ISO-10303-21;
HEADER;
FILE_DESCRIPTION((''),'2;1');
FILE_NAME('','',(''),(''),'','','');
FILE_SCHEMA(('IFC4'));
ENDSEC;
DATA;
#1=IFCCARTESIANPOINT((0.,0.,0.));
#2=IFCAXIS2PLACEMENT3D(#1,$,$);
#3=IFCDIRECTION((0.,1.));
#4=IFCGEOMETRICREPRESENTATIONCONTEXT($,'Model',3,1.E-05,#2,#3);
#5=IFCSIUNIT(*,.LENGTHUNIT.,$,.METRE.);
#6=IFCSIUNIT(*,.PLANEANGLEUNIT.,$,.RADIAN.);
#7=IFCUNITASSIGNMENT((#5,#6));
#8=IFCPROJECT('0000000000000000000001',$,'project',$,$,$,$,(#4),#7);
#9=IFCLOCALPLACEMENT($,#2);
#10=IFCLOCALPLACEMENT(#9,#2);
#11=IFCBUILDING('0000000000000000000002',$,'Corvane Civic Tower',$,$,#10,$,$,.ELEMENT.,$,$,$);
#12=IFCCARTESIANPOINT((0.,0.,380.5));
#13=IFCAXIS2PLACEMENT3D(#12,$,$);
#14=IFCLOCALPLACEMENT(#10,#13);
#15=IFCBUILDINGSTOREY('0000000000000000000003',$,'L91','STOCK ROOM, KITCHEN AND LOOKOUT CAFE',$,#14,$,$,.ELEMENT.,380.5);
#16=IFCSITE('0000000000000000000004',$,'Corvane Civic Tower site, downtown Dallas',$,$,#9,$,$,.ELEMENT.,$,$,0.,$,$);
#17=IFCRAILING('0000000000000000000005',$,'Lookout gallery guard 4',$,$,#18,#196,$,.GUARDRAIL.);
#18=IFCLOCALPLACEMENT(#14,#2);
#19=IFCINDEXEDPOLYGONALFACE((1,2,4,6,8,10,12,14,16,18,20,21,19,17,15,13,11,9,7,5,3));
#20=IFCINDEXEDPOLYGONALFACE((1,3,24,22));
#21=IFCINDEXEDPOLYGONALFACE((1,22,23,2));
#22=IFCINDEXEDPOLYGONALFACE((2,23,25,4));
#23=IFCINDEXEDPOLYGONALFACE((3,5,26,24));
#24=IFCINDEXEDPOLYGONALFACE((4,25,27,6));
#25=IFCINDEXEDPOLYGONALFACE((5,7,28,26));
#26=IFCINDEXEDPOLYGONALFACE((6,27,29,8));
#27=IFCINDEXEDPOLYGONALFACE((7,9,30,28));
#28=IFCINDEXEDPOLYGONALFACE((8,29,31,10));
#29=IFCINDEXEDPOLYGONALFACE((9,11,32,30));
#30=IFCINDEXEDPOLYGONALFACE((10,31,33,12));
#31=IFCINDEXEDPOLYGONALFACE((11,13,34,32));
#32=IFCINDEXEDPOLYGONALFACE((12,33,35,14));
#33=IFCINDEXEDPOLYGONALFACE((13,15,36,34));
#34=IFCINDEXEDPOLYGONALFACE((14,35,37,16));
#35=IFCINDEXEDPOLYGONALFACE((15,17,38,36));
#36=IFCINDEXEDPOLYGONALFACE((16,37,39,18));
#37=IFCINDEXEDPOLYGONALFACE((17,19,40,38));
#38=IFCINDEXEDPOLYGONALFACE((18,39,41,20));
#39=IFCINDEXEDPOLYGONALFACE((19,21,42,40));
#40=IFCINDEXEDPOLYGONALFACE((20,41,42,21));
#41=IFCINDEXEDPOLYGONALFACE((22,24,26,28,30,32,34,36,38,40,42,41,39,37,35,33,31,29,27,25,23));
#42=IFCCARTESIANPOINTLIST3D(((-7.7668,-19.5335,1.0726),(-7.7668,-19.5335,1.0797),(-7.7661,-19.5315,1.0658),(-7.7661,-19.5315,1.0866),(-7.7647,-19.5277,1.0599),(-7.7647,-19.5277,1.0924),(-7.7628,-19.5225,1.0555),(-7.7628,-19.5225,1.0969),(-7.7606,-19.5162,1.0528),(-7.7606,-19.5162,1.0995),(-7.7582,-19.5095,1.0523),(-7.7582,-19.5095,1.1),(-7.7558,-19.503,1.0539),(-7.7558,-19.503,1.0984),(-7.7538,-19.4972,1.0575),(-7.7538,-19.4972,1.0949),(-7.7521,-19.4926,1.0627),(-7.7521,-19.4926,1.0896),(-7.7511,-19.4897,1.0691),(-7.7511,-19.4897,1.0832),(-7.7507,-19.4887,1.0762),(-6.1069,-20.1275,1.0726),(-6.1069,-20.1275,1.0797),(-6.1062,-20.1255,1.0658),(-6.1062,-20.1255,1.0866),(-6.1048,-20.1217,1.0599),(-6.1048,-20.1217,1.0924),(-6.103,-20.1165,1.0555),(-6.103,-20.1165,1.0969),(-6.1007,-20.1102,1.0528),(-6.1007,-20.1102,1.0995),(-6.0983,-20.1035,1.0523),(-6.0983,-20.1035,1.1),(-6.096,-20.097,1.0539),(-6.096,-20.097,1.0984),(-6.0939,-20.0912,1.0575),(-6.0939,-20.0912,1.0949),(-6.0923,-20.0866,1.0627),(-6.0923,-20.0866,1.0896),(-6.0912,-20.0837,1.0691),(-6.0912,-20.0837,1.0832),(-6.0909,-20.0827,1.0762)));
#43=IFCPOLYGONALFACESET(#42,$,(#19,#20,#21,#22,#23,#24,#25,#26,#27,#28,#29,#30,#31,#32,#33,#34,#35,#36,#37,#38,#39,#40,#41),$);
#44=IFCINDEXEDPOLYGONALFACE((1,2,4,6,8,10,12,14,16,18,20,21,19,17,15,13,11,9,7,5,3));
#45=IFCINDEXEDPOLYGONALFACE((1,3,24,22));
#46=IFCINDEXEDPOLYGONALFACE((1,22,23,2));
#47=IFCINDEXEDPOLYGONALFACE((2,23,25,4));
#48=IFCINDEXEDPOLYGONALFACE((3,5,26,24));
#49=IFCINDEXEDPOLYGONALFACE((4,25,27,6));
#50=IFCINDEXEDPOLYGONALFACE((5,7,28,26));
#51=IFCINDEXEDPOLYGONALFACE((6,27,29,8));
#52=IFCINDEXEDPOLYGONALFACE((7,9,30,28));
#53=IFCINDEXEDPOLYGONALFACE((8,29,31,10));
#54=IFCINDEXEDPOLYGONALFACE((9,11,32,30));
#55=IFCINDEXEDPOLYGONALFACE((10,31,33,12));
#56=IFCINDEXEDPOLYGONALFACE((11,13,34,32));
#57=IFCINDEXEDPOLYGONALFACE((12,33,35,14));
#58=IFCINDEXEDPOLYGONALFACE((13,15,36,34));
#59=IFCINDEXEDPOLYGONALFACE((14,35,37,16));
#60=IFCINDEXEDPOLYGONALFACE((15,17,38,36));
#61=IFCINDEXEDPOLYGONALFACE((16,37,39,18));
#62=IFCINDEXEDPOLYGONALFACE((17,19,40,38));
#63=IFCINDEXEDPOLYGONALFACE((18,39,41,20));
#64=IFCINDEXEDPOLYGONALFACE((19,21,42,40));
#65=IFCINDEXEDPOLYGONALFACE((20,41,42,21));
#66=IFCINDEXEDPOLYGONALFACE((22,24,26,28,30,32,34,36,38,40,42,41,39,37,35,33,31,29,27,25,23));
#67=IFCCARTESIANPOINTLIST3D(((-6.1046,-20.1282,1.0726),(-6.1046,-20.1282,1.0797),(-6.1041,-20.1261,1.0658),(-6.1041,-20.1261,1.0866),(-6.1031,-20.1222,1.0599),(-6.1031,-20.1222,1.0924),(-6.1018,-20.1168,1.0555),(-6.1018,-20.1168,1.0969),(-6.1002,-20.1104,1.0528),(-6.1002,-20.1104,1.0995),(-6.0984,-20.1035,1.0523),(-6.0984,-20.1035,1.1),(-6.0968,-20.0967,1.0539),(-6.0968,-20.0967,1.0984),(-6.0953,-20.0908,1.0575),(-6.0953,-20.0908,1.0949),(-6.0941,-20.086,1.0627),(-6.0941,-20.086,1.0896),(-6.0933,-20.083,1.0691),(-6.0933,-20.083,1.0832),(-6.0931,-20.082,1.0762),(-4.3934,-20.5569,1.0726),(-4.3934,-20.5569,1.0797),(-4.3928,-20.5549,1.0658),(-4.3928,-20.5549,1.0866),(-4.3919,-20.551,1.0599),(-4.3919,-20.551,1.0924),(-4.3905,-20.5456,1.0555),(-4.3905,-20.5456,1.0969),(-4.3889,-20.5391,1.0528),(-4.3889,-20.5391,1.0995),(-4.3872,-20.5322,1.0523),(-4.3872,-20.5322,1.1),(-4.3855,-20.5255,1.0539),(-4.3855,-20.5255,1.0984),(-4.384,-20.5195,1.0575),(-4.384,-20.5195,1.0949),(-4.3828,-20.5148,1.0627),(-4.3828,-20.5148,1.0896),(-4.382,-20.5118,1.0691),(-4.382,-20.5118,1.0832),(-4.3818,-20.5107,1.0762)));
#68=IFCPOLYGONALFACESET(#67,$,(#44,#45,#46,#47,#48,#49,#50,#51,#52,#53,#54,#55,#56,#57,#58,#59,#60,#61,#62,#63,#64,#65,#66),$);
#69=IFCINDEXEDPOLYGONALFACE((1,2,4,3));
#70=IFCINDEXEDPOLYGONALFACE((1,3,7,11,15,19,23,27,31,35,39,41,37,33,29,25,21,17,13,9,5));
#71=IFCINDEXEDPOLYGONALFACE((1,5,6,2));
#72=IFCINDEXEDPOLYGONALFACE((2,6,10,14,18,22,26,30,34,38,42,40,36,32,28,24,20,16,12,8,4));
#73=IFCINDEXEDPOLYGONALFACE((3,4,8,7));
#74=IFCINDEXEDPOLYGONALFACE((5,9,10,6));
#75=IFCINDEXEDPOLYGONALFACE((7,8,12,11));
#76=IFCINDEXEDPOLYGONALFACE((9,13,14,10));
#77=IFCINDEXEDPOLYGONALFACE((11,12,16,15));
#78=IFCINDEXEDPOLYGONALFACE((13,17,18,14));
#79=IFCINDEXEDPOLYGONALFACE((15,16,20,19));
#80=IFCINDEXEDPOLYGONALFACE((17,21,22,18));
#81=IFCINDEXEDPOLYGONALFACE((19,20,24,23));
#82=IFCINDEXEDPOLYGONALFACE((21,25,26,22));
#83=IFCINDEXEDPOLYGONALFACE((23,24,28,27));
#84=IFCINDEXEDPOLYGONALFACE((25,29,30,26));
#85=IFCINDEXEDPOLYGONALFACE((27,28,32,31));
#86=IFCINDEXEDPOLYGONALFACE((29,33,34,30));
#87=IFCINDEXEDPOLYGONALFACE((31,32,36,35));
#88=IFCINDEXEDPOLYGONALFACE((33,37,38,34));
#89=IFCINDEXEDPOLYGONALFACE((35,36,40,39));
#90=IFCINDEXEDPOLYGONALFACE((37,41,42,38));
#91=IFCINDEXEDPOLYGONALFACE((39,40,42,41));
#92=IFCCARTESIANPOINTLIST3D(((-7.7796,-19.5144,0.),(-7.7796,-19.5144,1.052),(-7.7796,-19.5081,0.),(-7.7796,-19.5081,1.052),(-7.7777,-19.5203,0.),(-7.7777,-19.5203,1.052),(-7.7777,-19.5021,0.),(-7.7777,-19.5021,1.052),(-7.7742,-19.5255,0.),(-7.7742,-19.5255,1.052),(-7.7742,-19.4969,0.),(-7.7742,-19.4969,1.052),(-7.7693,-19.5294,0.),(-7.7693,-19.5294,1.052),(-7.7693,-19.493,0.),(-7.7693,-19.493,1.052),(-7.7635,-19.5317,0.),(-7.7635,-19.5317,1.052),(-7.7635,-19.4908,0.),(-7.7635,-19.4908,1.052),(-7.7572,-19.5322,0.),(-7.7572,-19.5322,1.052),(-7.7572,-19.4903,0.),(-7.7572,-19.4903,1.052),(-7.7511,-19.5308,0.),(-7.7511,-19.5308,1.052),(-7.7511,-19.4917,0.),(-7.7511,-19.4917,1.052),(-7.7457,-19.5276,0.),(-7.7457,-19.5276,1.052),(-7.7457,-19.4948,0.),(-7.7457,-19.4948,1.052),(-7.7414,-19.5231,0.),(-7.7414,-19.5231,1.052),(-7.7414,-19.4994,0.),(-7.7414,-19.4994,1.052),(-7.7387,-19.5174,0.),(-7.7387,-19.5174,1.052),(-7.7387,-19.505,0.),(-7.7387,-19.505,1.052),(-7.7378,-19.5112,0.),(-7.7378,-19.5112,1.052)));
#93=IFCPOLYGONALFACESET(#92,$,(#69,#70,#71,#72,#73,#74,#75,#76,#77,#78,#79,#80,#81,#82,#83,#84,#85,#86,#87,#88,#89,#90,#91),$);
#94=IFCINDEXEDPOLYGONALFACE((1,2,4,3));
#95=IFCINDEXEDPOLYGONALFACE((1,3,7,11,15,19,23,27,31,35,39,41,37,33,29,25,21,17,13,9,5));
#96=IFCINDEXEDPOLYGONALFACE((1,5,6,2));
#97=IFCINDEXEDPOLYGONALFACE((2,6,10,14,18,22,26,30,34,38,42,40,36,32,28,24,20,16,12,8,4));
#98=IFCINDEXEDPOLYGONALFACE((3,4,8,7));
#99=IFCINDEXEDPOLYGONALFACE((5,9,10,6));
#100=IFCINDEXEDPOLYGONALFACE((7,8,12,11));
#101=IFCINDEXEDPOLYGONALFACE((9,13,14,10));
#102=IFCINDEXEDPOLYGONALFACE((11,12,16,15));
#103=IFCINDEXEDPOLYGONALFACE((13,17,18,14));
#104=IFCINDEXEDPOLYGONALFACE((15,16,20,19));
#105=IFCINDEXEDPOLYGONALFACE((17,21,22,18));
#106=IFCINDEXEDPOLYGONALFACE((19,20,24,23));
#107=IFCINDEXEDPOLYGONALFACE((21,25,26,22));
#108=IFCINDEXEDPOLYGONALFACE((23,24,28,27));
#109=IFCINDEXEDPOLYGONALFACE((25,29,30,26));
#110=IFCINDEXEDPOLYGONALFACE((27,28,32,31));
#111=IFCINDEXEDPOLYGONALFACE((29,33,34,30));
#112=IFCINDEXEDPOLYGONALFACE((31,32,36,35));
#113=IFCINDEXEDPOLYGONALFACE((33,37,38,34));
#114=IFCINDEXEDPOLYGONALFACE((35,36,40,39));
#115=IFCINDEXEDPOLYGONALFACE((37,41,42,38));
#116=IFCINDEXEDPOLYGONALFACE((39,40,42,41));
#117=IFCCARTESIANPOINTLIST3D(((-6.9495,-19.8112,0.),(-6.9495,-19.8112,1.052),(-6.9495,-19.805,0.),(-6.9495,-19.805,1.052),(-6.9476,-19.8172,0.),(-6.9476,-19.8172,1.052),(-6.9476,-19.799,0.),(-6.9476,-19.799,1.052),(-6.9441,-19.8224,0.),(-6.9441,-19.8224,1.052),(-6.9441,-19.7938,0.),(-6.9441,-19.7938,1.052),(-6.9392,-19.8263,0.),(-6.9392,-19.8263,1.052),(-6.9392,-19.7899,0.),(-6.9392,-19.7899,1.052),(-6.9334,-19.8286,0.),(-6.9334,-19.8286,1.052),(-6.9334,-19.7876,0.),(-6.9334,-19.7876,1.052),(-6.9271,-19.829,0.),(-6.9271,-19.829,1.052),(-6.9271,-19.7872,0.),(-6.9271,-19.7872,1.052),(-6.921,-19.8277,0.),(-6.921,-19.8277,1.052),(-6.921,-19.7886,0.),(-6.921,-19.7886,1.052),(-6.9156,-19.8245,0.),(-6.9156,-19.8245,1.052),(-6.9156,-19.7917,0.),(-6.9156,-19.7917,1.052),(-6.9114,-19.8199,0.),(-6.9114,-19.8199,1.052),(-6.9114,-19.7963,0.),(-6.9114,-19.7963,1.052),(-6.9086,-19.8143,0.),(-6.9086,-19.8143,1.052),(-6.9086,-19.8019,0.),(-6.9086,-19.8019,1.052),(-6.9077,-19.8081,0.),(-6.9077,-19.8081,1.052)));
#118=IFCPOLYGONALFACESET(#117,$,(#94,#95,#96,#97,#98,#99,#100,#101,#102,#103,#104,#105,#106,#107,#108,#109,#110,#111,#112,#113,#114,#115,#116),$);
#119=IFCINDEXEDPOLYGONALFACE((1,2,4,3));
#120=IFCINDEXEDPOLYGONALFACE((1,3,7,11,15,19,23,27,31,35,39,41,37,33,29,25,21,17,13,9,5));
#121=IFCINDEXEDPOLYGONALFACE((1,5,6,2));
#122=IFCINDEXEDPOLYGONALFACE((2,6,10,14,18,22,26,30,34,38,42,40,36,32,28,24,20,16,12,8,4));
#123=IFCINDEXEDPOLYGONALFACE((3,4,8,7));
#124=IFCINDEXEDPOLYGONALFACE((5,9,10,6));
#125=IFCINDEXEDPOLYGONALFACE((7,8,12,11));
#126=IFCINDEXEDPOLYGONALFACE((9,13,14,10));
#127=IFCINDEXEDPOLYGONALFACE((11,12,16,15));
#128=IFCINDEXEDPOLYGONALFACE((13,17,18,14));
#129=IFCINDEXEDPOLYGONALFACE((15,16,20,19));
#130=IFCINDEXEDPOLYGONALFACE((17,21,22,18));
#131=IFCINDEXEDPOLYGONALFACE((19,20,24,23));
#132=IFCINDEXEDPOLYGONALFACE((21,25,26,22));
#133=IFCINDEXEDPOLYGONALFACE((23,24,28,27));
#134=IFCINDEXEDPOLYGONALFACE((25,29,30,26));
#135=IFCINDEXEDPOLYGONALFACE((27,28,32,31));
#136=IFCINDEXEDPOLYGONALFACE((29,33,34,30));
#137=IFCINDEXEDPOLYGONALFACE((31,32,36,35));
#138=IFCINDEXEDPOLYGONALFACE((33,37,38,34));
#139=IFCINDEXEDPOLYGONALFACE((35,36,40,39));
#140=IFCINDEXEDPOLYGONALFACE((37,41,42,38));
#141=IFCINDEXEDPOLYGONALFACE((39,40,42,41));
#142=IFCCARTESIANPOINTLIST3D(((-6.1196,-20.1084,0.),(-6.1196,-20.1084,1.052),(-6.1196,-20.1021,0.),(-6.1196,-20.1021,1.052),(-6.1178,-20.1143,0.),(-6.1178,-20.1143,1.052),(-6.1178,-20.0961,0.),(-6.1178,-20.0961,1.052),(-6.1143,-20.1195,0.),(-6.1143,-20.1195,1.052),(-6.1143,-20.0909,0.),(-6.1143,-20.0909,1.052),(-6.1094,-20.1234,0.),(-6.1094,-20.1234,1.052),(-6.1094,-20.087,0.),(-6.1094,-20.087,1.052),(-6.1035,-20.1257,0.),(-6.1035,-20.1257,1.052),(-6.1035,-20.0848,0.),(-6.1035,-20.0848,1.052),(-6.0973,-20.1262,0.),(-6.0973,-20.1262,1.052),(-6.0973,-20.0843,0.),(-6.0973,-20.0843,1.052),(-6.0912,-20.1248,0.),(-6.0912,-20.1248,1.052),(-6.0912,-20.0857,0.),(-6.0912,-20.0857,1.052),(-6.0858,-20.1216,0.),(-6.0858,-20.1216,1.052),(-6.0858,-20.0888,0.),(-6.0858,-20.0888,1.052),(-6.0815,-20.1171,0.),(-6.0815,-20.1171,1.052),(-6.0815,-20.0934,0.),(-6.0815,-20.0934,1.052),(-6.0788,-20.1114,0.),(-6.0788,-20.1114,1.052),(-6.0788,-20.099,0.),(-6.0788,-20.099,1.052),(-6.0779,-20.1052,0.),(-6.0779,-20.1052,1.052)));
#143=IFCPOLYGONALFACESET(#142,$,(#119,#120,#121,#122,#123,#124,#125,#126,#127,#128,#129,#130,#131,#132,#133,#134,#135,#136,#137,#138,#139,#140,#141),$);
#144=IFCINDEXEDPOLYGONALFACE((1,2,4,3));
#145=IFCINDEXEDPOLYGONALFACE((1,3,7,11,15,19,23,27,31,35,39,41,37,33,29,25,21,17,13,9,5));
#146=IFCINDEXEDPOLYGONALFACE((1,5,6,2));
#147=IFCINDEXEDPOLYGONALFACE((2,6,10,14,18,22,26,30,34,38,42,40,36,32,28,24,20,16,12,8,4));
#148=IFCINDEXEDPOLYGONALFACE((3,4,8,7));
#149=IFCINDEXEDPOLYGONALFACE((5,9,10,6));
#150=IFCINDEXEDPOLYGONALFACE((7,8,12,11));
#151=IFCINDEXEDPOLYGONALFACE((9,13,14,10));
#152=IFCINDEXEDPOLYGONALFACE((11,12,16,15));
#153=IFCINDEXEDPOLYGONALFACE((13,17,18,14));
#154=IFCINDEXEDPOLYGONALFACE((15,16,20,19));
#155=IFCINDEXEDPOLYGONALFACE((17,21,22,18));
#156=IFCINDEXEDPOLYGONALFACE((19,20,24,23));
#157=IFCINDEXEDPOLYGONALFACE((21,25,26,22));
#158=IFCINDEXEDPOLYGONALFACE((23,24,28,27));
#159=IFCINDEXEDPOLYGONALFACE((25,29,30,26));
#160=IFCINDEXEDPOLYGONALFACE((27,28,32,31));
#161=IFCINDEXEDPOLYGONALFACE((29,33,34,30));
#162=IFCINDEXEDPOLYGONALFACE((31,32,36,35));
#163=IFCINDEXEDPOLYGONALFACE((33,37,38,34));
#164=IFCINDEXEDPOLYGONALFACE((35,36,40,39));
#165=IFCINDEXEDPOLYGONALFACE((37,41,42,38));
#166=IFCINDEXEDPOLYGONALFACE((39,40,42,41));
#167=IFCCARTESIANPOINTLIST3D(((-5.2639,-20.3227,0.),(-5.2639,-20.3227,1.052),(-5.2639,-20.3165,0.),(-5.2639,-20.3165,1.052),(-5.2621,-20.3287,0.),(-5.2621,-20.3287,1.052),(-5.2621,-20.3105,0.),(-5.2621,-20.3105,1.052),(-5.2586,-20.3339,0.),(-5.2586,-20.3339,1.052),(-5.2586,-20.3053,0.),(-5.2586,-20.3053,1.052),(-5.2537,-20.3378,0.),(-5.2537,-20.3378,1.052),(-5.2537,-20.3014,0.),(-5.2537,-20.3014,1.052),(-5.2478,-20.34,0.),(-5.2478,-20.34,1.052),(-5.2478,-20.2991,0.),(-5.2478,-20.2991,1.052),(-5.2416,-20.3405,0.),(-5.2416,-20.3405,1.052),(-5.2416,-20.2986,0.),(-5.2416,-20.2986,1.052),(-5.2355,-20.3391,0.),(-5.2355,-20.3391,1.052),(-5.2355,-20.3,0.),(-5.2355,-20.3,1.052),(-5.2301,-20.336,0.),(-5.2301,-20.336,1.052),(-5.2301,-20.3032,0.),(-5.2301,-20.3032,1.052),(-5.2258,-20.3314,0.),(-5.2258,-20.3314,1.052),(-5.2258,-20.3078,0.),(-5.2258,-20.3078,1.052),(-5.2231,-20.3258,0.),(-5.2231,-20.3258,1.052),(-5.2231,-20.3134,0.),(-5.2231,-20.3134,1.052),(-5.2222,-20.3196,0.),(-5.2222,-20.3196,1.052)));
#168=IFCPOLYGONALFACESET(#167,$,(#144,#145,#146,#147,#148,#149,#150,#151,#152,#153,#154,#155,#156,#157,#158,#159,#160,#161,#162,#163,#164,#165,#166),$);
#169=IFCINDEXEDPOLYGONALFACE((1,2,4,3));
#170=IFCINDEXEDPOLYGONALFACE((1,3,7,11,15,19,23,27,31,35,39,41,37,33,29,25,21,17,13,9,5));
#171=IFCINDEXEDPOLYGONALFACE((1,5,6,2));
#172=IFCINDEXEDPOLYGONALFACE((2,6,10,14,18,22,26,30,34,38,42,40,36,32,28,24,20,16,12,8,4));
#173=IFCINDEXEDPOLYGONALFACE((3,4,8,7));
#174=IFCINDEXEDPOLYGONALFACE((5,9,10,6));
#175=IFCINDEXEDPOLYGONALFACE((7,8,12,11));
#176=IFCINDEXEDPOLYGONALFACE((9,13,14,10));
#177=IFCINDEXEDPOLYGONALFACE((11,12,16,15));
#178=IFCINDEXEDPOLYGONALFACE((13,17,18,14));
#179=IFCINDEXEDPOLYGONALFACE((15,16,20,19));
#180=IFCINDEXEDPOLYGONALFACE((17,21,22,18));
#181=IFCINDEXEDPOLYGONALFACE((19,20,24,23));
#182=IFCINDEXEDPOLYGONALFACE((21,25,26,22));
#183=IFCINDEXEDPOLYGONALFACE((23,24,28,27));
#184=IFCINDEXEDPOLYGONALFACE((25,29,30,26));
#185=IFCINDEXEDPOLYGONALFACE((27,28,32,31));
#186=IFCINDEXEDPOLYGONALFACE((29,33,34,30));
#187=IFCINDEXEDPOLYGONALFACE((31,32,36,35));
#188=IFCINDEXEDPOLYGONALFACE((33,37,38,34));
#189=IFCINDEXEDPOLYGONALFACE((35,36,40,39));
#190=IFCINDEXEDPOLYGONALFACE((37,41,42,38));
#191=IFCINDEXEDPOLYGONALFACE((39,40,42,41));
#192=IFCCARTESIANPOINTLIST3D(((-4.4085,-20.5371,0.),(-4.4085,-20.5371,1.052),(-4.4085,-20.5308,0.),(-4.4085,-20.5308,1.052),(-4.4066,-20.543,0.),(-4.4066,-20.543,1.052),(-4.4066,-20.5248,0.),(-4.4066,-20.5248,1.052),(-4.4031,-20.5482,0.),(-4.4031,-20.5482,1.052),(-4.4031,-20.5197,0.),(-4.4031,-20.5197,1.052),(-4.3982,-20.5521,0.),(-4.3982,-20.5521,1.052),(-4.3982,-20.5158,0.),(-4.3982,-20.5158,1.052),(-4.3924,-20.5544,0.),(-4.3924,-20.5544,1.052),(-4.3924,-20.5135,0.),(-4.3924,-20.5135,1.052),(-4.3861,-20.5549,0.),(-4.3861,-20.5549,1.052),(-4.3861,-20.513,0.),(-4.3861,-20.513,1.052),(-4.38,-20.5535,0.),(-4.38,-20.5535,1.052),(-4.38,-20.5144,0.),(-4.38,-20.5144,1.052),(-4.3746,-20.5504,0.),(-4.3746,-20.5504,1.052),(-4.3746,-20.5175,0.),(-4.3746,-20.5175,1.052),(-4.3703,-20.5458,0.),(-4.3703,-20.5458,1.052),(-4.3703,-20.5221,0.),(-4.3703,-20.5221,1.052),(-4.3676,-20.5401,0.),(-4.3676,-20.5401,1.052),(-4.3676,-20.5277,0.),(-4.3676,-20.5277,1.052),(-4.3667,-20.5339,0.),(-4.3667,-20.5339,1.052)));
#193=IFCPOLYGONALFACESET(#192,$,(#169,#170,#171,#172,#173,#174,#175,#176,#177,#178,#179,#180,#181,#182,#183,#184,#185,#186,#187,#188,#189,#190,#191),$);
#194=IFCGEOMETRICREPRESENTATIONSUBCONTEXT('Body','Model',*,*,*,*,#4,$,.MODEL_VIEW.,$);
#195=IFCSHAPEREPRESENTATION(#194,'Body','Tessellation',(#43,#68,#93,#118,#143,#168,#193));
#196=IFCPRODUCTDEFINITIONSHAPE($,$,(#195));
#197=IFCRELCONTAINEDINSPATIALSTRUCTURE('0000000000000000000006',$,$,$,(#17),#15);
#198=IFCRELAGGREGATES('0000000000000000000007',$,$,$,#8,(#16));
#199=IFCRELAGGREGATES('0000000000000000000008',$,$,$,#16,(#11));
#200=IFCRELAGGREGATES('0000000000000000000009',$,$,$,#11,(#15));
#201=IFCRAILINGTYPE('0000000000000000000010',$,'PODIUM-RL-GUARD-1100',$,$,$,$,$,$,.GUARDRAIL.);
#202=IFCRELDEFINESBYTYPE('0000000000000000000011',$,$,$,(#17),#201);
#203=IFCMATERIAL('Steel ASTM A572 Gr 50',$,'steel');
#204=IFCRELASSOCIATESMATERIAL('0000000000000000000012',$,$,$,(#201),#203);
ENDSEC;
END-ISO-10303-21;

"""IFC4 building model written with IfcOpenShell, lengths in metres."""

from ifc_helpers import new_model, si_unit, direction, frame, origin, origin_2d, place, context, subcontext, project, spatial, circle, extrude, material, type_object, element, save


model = new_model("IFC4")

# Units and contexts
model_context = context("Model", 3, precision=1e-05, world=origin(), true_north=direction((0.0, 1.0)))
body_context = subcontext(model_context, "Body", "Model", "MODEL_VIEW")
ifc_project = project(units=[si_unit("LENGTHUNIT", "METRE"), si_unit("PLANEANGLEUNIT", "RADIAN")], contexts=[model_context])

# Site, building, storey
site_placement = place(None, origin())
site = spatial("IfcSite", under=ifc_project, at=site_placement, Name="Corvane Civic Tower site, downtown Dallas", CompositionType="ELEMENT", RefElevation=0.0)
building_placement = place(site_placement, origin())
building = spatial("IfcBuilding", under=site, at=building_placement, Name="Corvane Civic Tower", CompositionType="ELEMENT")
storey_placement = place(building_placement, frame((0.0, 0.0, 380.5)))
storey = spatial("IfcBuildingStorey", under=building, at=storey_placement, Name="L91", Description="STOCK ROOM, KITCHEN AND LOOKOUT CAFE", CompositionType="ELEMENT", Elevation=380.5)

# Railing
ifc_material_1 = material(Name="Steel ASTM A572 Gr 50", Category="steel")
railing_type = type_object("IfcRailingType", Name="PODIUM-RL-GUARD-1100", PredefinedType="GUARDRAIL", material=ifc_material_1)
railing_placement = place(storey_placement, frame((-7.7588, -19.5112, 0.0)))
element("IfcRailing", 1, at=railing_placement, inside=storey, type_object=railing_type, Name="Lookout gallery guard 4", PredefinedType="GUARDRAIL", context=body_context, shape_type="SweptSolid", body=[
    extrude(circle(Radius=0.0239, at=origin_2d()), frame((0.0, 0.0, 1.0762), z_axis=(0.941532, -0.336924, 0.0), x_axis=(0.336924, 0.941532, 0.0)), (0.0, 0.0, 1.0), 1.7629),
    extrude(circle(Radius=0.0239, at=origin_2d()), frame((1.6599, -0.594, 1.0762), z_axis=(0.97002, -0.243024, 0.0), x_axis=(0.243024, 0.97002, 0.0)), (0.0, 0.0, 1.0), 1.7642),
    extrude(circle(Radius=0.021, at=origin_2d()), origin(), (0.0, 0.0, 1.0), 1.052),
    extrude(circle(Radius=0.021, at=origin_2d()), frame((0.8301, -0.2969, 0.0)), (0.0, 0.0, 1.0), 1.052),
    extrude(circle(Radius=0.021, at=origin_2d()), frame((1.6599, -0.594, 0.0)), (0.0, 0.0, 1.0), 1.052),
    extrude(circle(Radius=0.021, at=origin_2d()), frame((2.5156, -0.8083, 0.0)), (0.0, 0.0, 1.0), 1.052),
    extrude(circle(Radius=0.021, at=origin_2d()), frame((3.3711, -1.0227, 0.0)), (0.0, 0.0, 1.0), 1.052),
])

save(model, "model.ifc")
